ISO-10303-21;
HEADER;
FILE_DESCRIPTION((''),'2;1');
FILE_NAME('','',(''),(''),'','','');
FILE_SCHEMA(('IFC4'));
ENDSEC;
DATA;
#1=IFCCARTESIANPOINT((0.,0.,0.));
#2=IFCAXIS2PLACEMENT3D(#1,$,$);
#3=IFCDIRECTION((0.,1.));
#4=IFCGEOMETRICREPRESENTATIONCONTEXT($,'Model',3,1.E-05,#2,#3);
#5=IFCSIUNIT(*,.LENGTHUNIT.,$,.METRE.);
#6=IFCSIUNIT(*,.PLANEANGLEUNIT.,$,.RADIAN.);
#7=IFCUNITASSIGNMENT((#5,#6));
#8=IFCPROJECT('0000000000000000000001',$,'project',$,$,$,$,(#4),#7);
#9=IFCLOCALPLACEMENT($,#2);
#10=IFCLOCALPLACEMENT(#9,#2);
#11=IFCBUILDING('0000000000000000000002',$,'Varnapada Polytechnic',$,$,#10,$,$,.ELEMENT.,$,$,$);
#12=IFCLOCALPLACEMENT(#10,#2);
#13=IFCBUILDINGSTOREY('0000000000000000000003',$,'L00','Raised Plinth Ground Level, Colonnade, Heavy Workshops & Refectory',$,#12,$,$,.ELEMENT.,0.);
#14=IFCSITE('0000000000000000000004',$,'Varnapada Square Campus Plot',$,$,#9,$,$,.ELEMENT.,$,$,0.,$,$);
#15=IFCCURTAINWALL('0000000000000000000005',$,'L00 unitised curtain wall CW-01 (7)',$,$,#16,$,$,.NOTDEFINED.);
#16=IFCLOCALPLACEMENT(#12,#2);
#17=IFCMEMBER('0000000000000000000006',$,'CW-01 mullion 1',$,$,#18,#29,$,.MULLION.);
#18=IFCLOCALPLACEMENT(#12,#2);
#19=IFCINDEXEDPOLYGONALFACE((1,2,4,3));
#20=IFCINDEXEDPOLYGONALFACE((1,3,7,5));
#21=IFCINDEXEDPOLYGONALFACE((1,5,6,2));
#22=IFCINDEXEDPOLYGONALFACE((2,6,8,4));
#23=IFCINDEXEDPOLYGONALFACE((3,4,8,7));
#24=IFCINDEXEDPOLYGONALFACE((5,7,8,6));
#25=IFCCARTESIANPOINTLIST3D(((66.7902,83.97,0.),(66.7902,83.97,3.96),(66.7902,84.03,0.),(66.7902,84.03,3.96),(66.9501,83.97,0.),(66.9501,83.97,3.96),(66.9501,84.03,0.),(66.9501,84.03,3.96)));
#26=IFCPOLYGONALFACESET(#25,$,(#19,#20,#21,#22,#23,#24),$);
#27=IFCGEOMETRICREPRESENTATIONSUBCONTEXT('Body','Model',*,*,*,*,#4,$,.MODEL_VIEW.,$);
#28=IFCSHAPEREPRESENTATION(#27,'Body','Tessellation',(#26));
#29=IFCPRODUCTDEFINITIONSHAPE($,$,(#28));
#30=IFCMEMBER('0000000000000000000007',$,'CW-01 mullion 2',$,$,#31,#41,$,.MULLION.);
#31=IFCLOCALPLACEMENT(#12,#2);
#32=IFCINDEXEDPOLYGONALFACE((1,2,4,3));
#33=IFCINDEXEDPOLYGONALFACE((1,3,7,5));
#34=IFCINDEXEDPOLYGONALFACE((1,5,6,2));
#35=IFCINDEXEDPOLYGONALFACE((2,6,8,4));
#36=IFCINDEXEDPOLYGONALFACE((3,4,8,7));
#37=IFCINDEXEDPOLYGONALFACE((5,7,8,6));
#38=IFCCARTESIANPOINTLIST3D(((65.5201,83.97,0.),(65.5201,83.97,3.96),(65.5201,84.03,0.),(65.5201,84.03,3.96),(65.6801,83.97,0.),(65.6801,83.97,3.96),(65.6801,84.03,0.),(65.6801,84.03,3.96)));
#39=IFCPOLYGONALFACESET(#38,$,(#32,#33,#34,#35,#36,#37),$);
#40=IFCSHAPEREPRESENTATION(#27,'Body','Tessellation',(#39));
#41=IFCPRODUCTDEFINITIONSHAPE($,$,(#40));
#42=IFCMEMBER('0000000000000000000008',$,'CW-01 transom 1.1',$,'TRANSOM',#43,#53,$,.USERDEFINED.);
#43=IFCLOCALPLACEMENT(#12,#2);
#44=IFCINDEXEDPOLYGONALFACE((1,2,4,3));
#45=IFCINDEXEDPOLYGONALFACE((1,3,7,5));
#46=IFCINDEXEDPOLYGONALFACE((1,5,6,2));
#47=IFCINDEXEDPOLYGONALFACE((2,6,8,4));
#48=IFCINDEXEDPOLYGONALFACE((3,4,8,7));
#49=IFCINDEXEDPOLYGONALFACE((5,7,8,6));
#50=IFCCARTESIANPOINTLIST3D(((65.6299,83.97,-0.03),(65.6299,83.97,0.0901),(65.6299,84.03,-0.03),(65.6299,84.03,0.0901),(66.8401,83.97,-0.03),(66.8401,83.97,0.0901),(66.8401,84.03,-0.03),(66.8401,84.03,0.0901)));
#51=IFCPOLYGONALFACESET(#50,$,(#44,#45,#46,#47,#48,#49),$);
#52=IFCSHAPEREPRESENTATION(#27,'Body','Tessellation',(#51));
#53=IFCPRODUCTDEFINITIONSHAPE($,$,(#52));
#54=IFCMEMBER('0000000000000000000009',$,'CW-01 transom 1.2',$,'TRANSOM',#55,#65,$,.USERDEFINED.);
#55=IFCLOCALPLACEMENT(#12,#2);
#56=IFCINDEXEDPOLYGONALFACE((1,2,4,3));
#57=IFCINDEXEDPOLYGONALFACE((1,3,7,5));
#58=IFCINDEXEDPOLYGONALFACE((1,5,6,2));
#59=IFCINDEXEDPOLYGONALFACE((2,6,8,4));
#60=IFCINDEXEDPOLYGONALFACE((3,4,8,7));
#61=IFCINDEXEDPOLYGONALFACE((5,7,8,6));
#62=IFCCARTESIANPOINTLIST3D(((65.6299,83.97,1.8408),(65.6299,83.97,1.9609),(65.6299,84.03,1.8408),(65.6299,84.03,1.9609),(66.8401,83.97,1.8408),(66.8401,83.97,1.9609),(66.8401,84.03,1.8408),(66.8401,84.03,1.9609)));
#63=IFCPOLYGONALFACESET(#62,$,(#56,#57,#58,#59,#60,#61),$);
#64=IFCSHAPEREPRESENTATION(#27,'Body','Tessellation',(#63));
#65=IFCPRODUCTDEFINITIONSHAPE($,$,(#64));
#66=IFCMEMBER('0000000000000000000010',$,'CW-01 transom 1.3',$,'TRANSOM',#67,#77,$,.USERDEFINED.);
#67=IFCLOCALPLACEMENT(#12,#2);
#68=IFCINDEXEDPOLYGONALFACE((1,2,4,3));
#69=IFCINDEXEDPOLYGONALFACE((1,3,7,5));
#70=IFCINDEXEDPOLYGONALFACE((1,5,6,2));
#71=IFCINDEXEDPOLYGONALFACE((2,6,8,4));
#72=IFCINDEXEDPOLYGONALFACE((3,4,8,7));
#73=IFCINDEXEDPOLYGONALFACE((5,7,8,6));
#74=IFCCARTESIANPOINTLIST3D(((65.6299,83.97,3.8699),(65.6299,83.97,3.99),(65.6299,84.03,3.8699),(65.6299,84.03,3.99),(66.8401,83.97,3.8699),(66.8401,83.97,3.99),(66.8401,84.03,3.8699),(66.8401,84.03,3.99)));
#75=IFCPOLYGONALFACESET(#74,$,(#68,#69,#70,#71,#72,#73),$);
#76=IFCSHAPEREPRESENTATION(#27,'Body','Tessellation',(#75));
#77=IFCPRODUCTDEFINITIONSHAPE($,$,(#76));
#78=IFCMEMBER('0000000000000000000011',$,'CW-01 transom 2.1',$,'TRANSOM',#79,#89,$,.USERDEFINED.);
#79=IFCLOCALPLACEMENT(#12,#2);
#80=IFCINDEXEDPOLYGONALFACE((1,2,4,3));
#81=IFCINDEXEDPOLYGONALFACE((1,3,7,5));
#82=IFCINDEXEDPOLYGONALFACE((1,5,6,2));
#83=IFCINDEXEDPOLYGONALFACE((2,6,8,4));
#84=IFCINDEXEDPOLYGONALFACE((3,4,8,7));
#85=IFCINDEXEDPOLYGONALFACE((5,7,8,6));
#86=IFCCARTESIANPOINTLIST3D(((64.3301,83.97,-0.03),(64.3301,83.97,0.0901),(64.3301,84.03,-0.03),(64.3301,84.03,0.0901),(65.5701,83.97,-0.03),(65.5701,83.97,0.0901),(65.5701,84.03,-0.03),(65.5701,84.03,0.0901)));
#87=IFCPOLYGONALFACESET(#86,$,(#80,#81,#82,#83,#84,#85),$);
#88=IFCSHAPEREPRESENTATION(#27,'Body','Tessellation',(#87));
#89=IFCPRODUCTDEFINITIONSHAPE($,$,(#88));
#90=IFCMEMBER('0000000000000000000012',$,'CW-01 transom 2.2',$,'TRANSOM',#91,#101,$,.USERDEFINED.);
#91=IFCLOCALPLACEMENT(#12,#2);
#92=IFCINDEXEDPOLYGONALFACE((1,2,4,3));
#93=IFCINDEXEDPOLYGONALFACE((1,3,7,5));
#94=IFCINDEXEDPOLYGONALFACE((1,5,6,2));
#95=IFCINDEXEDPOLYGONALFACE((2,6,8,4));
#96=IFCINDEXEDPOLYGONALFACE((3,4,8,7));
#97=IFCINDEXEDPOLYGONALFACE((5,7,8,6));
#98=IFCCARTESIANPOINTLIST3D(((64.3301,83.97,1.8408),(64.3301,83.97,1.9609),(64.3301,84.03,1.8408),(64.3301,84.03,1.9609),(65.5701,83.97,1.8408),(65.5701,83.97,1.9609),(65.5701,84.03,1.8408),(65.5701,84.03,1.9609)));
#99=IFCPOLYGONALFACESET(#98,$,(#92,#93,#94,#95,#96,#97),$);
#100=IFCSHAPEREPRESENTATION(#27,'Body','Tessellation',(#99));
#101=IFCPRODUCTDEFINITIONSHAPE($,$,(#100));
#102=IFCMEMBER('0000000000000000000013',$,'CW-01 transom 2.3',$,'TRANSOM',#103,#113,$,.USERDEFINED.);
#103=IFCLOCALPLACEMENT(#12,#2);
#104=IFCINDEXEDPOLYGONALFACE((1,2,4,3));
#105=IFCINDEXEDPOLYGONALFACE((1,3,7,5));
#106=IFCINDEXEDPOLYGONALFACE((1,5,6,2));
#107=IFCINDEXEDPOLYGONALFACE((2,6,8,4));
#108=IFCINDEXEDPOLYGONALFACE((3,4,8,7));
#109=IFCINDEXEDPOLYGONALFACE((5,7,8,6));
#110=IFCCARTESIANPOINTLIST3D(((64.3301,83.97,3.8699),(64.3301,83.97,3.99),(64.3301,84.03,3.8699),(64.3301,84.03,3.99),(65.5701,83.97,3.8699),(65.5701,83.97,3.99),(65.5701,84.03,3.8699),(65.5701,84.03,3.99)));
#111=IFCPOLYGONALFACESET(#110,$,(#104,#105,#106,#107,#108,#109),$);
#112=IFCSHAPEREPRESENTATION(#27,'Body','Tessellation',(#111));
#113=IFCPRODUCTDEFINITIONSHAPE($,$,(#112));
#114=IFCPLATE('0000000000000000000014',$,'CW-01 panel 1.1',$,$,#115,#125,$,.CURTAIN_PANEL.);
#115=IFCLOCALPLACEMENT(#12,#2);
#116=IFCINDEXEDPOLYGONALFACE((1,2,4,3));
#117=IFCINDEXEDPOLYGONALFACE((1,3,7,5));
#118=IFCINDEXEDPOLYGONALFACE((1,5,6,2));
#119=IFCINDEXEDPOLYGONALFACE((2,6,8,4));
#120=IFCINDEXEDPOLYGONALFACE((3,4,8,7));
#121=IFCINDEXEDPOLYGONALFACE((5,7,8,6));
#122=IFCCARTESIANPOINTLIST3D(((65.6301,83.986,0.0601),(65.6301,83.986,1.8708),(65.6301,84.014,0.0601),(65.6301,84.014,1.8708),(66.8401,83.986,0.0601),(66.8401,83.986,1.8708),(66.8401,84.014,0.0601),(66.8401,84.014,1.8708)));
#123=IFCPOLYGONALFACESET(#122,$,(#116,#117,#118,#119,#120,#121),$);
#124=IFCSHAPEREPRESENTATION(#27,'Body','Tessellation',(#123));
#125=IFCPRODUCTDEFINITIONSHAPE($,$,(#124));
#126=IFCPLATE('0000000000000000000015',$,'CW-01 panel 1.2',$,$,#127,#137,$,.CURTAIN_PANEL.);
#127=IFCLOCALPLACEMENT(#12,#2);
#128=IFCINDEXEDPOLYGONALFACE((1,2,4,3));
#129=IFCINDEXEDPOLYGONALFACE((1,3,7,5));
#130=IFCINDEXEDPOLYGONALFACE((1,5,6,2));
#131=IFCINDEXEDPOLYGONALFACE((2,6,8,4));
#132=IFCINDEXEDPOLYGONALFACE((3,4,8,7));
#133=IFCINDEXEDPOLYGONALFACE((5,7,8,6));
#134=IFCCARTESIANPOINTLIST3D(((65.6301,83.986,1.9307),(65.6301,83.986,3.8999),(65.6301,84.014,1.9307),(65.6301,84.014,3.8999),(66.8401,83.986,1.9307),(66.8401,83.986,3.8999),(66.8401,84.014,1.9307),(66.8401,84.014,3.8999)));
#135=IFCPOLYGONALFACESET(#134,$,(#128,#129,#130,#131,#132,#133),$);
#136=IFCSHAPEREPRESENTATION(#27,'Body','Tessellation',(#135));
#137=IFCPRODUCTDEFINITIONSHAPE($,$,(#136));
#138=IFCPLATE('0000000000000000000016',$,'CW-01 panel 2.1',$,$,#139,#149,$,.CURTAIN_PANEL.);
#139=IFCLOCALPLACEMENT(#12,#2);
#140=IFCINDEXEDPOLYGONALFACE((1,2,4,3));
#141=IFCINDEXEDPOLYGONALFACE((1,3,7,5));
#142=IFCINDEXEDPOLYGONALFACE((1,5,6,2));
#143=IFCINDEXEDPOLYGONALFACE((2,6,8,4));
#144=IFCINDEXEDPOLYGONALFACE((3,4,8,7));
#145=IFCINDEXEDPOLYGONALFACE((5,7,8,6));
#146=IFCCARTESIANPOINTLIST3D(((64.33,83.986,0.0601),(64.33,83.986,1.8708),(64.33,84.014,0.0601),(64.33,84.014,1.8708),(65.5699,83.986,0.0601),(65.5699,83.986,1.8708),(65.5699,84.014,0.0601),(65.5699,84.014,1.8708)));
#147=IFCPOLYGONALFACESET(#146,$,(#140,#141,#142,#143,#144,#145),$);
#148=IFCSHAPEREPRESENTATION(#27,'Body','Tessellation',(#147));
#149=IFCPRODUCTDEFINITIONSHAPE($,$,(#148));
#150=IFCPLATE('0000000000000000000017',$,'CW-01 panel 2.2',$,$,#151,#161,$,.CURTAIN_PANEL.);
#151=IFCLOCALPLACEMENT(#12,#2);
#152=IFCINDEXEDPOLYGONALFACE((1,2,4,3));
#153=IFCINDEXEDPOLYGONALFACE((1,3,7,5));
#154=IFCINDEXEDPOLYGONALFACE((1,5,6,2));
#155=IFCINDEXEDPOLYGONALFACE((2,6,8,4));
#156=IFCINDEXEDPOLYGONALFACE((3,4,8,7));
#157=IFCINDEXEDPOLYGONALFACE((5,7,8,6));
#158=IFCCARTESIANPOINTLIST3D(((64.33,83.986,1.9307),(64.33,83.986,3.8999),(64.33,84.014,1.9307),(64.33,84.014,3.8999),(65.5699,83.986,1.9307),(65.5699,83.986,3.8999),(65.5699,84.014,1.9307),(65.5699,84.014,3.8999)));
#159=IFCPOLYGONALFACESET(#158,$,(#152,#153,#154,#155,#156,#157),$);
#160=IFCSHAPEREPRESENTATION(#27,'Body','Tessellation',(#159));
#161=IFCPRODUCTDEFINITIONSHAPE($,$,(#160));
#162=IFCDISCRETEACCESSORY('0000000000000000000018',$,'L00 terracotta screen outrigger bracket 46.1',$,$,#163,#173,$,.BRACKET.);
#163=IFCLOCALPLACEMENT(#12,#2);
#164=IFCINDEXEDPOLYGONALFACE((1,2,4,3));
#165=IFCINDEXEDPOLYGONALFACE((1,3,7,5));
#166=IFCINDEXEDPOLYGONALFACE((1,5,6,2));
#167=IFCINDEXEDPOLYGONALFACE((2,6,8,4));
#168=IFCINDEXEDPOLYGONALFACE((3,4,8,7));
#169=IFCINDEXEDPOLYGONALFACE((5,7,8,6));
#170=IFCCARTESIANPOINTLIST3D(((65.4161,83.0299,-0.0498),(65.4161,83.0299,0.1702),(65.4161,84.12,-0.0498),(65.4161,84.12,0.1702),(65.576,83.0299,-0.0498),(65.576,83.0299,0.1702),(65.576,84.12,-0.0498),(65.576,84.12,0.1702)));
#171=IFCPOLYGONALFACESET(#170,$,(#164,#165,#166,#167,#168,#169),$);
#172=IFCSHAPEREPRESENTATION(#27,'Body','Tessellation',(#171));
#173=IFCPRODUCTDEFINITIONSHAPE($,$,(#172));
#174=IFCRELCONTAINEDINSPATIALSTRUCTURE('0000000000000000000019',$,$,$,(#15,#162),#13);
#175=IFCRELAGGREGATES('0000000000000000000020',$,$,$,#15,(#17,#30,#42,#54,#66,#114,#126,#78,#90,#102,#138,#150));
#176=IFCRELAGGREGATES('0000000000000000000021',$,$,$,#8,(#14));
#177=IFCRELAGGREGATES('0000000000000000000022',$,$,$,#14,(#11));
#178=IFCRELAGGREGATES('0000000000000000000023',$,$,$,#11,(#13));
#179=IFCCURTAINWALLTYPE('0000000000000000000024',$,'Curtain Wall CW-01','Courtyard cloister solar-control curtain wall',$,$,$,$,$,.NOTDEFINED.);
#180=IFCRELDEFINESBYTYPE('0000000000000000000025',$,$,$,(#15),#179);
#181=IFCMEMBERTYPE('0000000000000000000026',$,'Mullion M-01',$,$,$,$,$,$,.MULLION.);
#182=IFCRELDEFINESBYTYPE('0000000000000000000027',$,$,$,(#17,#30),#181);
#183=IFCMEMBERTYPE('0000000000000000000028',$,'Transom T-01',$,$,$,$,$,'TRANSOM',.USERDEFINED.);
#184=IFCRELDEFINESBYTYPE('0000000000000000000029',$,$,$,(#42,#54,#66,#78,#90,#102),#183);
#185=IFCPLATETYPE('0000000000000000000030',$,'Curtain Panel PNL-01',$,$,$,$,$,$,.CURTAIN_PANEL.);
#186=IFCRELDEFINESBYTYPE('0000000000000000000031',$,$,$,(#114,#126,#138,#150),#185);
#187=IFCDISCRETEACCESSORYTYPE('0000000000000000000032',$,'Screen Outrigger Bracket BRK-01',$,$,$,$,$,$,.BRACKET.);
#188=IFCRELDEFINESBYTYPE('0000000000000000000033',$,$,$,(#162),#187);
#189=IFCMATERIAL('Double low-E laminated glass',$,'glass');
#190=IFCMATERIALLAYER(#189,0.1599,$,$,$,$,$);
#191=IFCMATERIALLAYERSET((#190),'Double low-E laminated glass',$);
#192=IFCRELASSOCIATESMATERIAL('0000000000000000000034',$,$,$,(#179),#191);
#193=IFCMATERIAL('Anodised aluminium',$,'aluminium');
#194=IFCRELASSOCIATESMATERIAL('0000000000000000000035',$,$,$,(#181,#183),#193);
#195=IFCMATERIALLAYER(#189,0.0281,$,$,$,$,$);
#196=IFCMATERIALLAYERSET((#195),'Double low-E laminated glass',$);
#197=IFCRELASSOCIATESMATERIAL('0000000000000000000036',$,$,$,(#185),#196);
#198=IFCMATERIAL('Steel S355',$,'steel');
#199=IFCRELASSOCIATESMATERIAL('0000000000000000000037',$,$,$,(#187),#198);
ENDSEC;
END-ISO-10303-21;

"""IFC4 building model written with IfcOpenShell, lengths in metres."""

from ifc_helpers import new_model, si_unit, direction, frame, origin, origin_2d, place, context, subcontext, project, spatial, rectangle, extrude, material, layer, layer_set, material_profile, profile_set, type_object, element, aggregate, save


model = new_model("IFC4")

# Units and contexts
model_context = context("Model", 3, precision=1e-05, world=origin(), true_north=direction((0.0, 1.0)))
body_context = subcontext(model_context, "Body", "Model", "MODEL_VIEW")
ifc_project = project(units=[si_unit("LENGTHUNIT", "METRE"), si_unit("PLANEANGLEUNIT", "RADIAN")], contexts=[model_context])

# Site, building, storey
site_placement = place(None, origin())
site = spatial("IfcSite", under=ifc_project, at=site_placement, Name="Varnapada Square Campus Plot", CompositionType="ELEMENT", RefElevation=0.0)
building_placement = place(site_placement, origin())
building = spatial("IfcBuilding", under=site, at=building_placement, Name="Varnapada Polytechnic", CompositionType="ELEMENT")
storey_placement = place(building_placement, origin())
storey = spatial("IfcBuildingStorey", under=building, at=storey_placement, Name="L00", Description="Raised Plinth Ground Level, Colonnade, Heavy Workshops & Refectory", CompositionType="ELEMENT", Elevation=0.0)

# Curtain wall, members, plates
ifc_material_1 = material(Name="Double low-E laminated glass", Category="glass")
ifc_layer_1 = layer(ifc_material_1, 0.1599)
ifc_layer_set_1 = layer_set([ifc_layer_1], Name="Double low-E laminated glass")
curtain_wall_type = type_object("IfcCurtainWallType", Name="Curtain Wall CW-01", Description="Courtyard cloister solar-control curtain wall", PredefinedType="NOTDEFINED", material=ifc_layer_set_1)
curtain_wall_placement = place(storey_placement, origin())
curtain_wall = element("IfcCurtainWall", 1, at=curtain_wall_placement, inside=storey, type_object=curtain_wall_type, Name="L00 unitised curtain wall CW-01 (7)", PredefinedType="NOTDEFINED")
ifc_material_2 = material(Name="Anodised aluminium", Category="aluminium")
ifc_material_profile_1 = material_profile(ifc_material_2, rectangle(XDim=0.0601, YDim=0.1599, at=origin_2d()), Name="ALU M60x160")
ifc_profile_set_1 = profile_set([ifc_material_profile_1], Name="Anodised aluminium")
member_type_1 = type_object("IfcMemberType", Name="Mullion M-01", PredefinedType="MULLION", material=ifc_profile_set_1)
member_1_placement = place(storey_placement, frame((66.8701, 84.0, 0.0), z_axis=(0.0, 0.0, 1.0), x_axis=(0.0, -1.0, 0.0)))
member_1 = element("IfcMember", 2, at=member_1_placement, type_object=member_type_1, Name="CW-01 mullion 1", PredefinedType="MULLION", context=body_context, shape_type="SweptSolid", body=[
    extrude(rectangle(XDim=0.0601, YDim=0.1599, at=origin_2d()), origin(), (0.0, 0.0, 1.0), 3.96),
])
member_2_placement = place(storey_placement, frame((65.6001, 84.0, 0.0), z_axis=(0.0, 0.0, 1.0), x_axis=(0.0, -1.0, 0.0)))
member_2 = element("IfcMember", 3, at=member_2_placement, type_object=member_type_1, Name="CW-01 mullion 2", PredefinedType="MULLION", context=body_context, shape_type="SweptSolid", body=[
    extrude(rectangle(XDim=0.0601, YDim=0.1599, at=origin_2d()), origin(), (0.0, 0.0, 1.0), 3.96),
])
ifc_material_profile_2 = material_profile(ifc_material_2, rectangle(XDim=0.0601, YDim=0.1201, at=origin_2d()), Name="ALU T60x120")
ifc_profile_set_2 = profile_set([ifc_material_profile_2], Name="Anodised aluminium")
member_type_2 = type_object("IfcMemberType", Name="Transom T-01", ElementType="TRANSOM", PredefinedType="USERDEFINED", material=ifc_profile_set_2)
member_3_placement = place(storey_placement, frame((66.8401, 84.0, 0.03), z_axis=(-1.0, 0.0, 0.0), x_axis=(0.0, -1.0, 0.0)))
member_3 = element("IfcMember", 4, at=member_3_placement, type_object=member_type_2, Name="CW-01 transom 1.1", ObjectType="TRANSOM", PredefinedType="USERDEFINED", context=body_context, shape_type="SweptSolid", body=[
    extrude(rectangle(XDim=0.0601, YDim=0.1201, at=origin_2d()), origin(), (0.0, 0.0, 1.0), 1.2102),
])
member_4_placement = place(storey_placement, frame((66.8401, 84.0, 1.9009), z_axis=(-1.0, 0.0, 0.0), x_axis=(0.0, -1.0, 0.0)))
member_4 = element("IfcMember", 5, at=member_4_placement, type_object=member_type_2, Name="CW-01 transom 1.2", ObjectType="TRANSOM", PredefinedType="USERDEFINED", context=body_context, shape_type="SweptSolid", body=[
    extrude(rectangle(XDim=0.0601, YDim=0.1201, at=origin_2d()), origin(), (0.0, 0.0, 1.0), 1.2102),
])
member_5_placement = place(storey_placement, frame((66.8401, 84.0, 3.9299), z_axis=(-1.0, 0.0, 0.0), x_axis=(0.0, -1.0, 0.0)))
member_5 = element("IfcMember", 6, at=member_5_placement, type_object=member_type_2, Name="CW-01 transom 1.3", ObjectType="TRANSOM", PredefinedType="USERDEFINED", context=body_context, shape_type="SweptSolid", body=[
    extrude(rectangle(XDim=0.0601, YDim=0.1201, at=origin_2d()), origin(), (0.0, 0.0, 1.0), 1.2102),
])
member_6_placement = place(storey_placement, frame((65.5701, 84.0, 0.03), z_axis=(-1.0, 0.0, 0.0), x_axis=(0.0, -1.0, 0.0)))
member_6 = element("IfcMember", 7, at=member_6_placement, type_object=member_type_2, Name="CW-01 transom 2.1", ObjectType="TRANSOM", PredefinedType="USERDEFINED", context=body_context, shape_type="SweptSolid", body=[
    extrude(rectangle(XDim=0.0601, YDim=0.1201, at=origin_2d()), origin(), (0.0, 0.0, 1.0), 1.24),
])
member_7_placement = place(storey_placement, frame((65.5701, 84.0, 1.9009), z_axis=(-1.0, 0.0, 0.0), x_axis=(0.0, -1.0, 0.0)))
member_7 = element("IfcMember", 8, at=member_7_placement, type_object=member_type_2, Name="CW-01 transom 2.2", ObjectType="TRANSOM", PredefinedType="USERDEFINED", context=body_context, shape_type="SweptSolid", body=[
    extrude(rectangle(XDim=0.0601, YDim=0.1201, at=origin_2d()), origin(), (0.0, 0.0, 1.0), 1.24),
])
member_8_placement = place(storey_placement, frame((65.5701, 84.0, 3.9299), z_axis=(-1.0, 0.0, 0.0), x_axis=(0.0, -1.0, 0.0)))
member_8 = element("IfcMember", 9, at=member_8_placement, type_object=member_type_2, Name="CW-01 transom 2.3", ObjectType="TRANSOM", PredefinedType="USERDEFINED", context=body_context, shape_type="SweptSolid", body=[
    extrude(rectangle(XDim=0.0601, YDim=0.1201, at=origin_2d()), origin(), (0.0, 0.0, 1.0), 1.24),
])
ifc_layer_2 = layer(ifc_material_1, 0.0281)
ifc_layer_set_2 = layer_set([ifc_layer_2], Name="Double low-E laminated glass")
plate_type = type_object("IfcPlateType", Name="Curtain Panel PNL-01", PredefinedType="CURTAIN_PANEL", material=ifc_layer_set_2)
plate_1_placement = place(storey_placement, frame((66.2351, 84.0, 0.0601), z_axis=(0.0, 0.0, 1.0), x_axis=(-1.0, 0.0, 0.0)))
plate_1 = element("IfcPlate", 10, at=plate_1_placement, type_object=plate_type, Name="CW-01 panel 1.1", PredefinedType="CURTAIN_PANEL", context=body_context, shape_type="SweptSolid", body=[
    extrude(rectangle(XDim=1.21, YDim=0.0281, at=origin_2d()), origin(), (0.0, 0.0, 1.0), 1.8108),
])
plate_2_placement = place(storey_placement, frame((66.2351, 84.0, 1.9307), z_axis=(0.0, 0.0, 1.0), x_axis=(-1.0, 0.0, 0.0)))
plate_2 = element("IfcPlate", 11, at=plate_2_placement, type_object=plate_type, Name="CW-01 panel 1.2", PredefinedType="CURTAIN_PANEL", context=body_context, shape_type="SweptSolid", body=[
    extrude(rectangle(XDim=1.21, YDim=0.0281, at=origin_2d()), origin(), (0.0, 0.0, 1.0), 1.9692),
])
plate_3_placement = place(storey_placement, frame((64.95, 84.0, 0.0601), z_axis=(0.0, 0.0, 1.0), x_axis=(-1.0, 0.0, 0.0)))
plate_3 = element("IfcPlate", 12, at=plate_3_placement, type_object=plate_type, Name="CW-01 panel 2.1", PredefinedType="CURTAIN_PANEL", context=body_context, shape_type="SweptSolid", body=[
    extrude(rectangle(XDim=1.24, YDim=0.0281, at=origin_2d()), origin(), (0.0, 0.0, 1.0), 1.8108),
])
plate_4_placement = place(storey_placement, frame((64.95, 84.0, 1.9307), z_axis=(0.0, 0.0, 1.0), x_axis=(-1.0, 0.0, 0.0)))
plate_4 = element("IfcPlate", 13, at=plate_4_placement, type_object=plate_type, Name="CW-01 panel 2.2", PredefinedType="CURTAIN_PANEL", context=body_context, shape_type="SweptSolid", body=[
    extrude(rectangle(XDim=1.24, YDim=0.0281, at=origin_2d()), origin(), (0.0, 0.0, 1.0), 1.9692),
])
aggregate(curtain_wall, [member_1, member_2, member_3, member_4, member_5, plate_1, plate_2, member_6, member_7, member_8, plate_3, plate_4])

# Discrete accessory
ifc_material_3 = material(Name="Steel S355", Category="steel")
discrete_accessory_type = type_object("IfcDiscreteAccessoryType", Name="Screen Outrigger Bracket BRK-01", PredefinedType="BRACKET", material=ifc_material_3)
discrete_accessory_placement = place(storey_placement, frame((65.4961, 83.575, -0.0498), z_axis=(0.0, 0.0, 1.0), x_axis=(-1.0, 0.0, 0.0)))
element("IfcDiscreteAccessory", 14, at=discrete_accessory_placement, inside=storey, type_object=discrete_accessory_type, Name="L00 terracotta screen outrigger bracket 46.1", PredefinedType="BRACKET", context=body_context, shape_type="SweptSolid", body=[
    extrude(rectangle(XDim=0.1599, YDim=1.0901, at=origin_2d()), origin(), (0.0, 0.0, 1.0), 0.22),
])

save(model, "model.ifc")
